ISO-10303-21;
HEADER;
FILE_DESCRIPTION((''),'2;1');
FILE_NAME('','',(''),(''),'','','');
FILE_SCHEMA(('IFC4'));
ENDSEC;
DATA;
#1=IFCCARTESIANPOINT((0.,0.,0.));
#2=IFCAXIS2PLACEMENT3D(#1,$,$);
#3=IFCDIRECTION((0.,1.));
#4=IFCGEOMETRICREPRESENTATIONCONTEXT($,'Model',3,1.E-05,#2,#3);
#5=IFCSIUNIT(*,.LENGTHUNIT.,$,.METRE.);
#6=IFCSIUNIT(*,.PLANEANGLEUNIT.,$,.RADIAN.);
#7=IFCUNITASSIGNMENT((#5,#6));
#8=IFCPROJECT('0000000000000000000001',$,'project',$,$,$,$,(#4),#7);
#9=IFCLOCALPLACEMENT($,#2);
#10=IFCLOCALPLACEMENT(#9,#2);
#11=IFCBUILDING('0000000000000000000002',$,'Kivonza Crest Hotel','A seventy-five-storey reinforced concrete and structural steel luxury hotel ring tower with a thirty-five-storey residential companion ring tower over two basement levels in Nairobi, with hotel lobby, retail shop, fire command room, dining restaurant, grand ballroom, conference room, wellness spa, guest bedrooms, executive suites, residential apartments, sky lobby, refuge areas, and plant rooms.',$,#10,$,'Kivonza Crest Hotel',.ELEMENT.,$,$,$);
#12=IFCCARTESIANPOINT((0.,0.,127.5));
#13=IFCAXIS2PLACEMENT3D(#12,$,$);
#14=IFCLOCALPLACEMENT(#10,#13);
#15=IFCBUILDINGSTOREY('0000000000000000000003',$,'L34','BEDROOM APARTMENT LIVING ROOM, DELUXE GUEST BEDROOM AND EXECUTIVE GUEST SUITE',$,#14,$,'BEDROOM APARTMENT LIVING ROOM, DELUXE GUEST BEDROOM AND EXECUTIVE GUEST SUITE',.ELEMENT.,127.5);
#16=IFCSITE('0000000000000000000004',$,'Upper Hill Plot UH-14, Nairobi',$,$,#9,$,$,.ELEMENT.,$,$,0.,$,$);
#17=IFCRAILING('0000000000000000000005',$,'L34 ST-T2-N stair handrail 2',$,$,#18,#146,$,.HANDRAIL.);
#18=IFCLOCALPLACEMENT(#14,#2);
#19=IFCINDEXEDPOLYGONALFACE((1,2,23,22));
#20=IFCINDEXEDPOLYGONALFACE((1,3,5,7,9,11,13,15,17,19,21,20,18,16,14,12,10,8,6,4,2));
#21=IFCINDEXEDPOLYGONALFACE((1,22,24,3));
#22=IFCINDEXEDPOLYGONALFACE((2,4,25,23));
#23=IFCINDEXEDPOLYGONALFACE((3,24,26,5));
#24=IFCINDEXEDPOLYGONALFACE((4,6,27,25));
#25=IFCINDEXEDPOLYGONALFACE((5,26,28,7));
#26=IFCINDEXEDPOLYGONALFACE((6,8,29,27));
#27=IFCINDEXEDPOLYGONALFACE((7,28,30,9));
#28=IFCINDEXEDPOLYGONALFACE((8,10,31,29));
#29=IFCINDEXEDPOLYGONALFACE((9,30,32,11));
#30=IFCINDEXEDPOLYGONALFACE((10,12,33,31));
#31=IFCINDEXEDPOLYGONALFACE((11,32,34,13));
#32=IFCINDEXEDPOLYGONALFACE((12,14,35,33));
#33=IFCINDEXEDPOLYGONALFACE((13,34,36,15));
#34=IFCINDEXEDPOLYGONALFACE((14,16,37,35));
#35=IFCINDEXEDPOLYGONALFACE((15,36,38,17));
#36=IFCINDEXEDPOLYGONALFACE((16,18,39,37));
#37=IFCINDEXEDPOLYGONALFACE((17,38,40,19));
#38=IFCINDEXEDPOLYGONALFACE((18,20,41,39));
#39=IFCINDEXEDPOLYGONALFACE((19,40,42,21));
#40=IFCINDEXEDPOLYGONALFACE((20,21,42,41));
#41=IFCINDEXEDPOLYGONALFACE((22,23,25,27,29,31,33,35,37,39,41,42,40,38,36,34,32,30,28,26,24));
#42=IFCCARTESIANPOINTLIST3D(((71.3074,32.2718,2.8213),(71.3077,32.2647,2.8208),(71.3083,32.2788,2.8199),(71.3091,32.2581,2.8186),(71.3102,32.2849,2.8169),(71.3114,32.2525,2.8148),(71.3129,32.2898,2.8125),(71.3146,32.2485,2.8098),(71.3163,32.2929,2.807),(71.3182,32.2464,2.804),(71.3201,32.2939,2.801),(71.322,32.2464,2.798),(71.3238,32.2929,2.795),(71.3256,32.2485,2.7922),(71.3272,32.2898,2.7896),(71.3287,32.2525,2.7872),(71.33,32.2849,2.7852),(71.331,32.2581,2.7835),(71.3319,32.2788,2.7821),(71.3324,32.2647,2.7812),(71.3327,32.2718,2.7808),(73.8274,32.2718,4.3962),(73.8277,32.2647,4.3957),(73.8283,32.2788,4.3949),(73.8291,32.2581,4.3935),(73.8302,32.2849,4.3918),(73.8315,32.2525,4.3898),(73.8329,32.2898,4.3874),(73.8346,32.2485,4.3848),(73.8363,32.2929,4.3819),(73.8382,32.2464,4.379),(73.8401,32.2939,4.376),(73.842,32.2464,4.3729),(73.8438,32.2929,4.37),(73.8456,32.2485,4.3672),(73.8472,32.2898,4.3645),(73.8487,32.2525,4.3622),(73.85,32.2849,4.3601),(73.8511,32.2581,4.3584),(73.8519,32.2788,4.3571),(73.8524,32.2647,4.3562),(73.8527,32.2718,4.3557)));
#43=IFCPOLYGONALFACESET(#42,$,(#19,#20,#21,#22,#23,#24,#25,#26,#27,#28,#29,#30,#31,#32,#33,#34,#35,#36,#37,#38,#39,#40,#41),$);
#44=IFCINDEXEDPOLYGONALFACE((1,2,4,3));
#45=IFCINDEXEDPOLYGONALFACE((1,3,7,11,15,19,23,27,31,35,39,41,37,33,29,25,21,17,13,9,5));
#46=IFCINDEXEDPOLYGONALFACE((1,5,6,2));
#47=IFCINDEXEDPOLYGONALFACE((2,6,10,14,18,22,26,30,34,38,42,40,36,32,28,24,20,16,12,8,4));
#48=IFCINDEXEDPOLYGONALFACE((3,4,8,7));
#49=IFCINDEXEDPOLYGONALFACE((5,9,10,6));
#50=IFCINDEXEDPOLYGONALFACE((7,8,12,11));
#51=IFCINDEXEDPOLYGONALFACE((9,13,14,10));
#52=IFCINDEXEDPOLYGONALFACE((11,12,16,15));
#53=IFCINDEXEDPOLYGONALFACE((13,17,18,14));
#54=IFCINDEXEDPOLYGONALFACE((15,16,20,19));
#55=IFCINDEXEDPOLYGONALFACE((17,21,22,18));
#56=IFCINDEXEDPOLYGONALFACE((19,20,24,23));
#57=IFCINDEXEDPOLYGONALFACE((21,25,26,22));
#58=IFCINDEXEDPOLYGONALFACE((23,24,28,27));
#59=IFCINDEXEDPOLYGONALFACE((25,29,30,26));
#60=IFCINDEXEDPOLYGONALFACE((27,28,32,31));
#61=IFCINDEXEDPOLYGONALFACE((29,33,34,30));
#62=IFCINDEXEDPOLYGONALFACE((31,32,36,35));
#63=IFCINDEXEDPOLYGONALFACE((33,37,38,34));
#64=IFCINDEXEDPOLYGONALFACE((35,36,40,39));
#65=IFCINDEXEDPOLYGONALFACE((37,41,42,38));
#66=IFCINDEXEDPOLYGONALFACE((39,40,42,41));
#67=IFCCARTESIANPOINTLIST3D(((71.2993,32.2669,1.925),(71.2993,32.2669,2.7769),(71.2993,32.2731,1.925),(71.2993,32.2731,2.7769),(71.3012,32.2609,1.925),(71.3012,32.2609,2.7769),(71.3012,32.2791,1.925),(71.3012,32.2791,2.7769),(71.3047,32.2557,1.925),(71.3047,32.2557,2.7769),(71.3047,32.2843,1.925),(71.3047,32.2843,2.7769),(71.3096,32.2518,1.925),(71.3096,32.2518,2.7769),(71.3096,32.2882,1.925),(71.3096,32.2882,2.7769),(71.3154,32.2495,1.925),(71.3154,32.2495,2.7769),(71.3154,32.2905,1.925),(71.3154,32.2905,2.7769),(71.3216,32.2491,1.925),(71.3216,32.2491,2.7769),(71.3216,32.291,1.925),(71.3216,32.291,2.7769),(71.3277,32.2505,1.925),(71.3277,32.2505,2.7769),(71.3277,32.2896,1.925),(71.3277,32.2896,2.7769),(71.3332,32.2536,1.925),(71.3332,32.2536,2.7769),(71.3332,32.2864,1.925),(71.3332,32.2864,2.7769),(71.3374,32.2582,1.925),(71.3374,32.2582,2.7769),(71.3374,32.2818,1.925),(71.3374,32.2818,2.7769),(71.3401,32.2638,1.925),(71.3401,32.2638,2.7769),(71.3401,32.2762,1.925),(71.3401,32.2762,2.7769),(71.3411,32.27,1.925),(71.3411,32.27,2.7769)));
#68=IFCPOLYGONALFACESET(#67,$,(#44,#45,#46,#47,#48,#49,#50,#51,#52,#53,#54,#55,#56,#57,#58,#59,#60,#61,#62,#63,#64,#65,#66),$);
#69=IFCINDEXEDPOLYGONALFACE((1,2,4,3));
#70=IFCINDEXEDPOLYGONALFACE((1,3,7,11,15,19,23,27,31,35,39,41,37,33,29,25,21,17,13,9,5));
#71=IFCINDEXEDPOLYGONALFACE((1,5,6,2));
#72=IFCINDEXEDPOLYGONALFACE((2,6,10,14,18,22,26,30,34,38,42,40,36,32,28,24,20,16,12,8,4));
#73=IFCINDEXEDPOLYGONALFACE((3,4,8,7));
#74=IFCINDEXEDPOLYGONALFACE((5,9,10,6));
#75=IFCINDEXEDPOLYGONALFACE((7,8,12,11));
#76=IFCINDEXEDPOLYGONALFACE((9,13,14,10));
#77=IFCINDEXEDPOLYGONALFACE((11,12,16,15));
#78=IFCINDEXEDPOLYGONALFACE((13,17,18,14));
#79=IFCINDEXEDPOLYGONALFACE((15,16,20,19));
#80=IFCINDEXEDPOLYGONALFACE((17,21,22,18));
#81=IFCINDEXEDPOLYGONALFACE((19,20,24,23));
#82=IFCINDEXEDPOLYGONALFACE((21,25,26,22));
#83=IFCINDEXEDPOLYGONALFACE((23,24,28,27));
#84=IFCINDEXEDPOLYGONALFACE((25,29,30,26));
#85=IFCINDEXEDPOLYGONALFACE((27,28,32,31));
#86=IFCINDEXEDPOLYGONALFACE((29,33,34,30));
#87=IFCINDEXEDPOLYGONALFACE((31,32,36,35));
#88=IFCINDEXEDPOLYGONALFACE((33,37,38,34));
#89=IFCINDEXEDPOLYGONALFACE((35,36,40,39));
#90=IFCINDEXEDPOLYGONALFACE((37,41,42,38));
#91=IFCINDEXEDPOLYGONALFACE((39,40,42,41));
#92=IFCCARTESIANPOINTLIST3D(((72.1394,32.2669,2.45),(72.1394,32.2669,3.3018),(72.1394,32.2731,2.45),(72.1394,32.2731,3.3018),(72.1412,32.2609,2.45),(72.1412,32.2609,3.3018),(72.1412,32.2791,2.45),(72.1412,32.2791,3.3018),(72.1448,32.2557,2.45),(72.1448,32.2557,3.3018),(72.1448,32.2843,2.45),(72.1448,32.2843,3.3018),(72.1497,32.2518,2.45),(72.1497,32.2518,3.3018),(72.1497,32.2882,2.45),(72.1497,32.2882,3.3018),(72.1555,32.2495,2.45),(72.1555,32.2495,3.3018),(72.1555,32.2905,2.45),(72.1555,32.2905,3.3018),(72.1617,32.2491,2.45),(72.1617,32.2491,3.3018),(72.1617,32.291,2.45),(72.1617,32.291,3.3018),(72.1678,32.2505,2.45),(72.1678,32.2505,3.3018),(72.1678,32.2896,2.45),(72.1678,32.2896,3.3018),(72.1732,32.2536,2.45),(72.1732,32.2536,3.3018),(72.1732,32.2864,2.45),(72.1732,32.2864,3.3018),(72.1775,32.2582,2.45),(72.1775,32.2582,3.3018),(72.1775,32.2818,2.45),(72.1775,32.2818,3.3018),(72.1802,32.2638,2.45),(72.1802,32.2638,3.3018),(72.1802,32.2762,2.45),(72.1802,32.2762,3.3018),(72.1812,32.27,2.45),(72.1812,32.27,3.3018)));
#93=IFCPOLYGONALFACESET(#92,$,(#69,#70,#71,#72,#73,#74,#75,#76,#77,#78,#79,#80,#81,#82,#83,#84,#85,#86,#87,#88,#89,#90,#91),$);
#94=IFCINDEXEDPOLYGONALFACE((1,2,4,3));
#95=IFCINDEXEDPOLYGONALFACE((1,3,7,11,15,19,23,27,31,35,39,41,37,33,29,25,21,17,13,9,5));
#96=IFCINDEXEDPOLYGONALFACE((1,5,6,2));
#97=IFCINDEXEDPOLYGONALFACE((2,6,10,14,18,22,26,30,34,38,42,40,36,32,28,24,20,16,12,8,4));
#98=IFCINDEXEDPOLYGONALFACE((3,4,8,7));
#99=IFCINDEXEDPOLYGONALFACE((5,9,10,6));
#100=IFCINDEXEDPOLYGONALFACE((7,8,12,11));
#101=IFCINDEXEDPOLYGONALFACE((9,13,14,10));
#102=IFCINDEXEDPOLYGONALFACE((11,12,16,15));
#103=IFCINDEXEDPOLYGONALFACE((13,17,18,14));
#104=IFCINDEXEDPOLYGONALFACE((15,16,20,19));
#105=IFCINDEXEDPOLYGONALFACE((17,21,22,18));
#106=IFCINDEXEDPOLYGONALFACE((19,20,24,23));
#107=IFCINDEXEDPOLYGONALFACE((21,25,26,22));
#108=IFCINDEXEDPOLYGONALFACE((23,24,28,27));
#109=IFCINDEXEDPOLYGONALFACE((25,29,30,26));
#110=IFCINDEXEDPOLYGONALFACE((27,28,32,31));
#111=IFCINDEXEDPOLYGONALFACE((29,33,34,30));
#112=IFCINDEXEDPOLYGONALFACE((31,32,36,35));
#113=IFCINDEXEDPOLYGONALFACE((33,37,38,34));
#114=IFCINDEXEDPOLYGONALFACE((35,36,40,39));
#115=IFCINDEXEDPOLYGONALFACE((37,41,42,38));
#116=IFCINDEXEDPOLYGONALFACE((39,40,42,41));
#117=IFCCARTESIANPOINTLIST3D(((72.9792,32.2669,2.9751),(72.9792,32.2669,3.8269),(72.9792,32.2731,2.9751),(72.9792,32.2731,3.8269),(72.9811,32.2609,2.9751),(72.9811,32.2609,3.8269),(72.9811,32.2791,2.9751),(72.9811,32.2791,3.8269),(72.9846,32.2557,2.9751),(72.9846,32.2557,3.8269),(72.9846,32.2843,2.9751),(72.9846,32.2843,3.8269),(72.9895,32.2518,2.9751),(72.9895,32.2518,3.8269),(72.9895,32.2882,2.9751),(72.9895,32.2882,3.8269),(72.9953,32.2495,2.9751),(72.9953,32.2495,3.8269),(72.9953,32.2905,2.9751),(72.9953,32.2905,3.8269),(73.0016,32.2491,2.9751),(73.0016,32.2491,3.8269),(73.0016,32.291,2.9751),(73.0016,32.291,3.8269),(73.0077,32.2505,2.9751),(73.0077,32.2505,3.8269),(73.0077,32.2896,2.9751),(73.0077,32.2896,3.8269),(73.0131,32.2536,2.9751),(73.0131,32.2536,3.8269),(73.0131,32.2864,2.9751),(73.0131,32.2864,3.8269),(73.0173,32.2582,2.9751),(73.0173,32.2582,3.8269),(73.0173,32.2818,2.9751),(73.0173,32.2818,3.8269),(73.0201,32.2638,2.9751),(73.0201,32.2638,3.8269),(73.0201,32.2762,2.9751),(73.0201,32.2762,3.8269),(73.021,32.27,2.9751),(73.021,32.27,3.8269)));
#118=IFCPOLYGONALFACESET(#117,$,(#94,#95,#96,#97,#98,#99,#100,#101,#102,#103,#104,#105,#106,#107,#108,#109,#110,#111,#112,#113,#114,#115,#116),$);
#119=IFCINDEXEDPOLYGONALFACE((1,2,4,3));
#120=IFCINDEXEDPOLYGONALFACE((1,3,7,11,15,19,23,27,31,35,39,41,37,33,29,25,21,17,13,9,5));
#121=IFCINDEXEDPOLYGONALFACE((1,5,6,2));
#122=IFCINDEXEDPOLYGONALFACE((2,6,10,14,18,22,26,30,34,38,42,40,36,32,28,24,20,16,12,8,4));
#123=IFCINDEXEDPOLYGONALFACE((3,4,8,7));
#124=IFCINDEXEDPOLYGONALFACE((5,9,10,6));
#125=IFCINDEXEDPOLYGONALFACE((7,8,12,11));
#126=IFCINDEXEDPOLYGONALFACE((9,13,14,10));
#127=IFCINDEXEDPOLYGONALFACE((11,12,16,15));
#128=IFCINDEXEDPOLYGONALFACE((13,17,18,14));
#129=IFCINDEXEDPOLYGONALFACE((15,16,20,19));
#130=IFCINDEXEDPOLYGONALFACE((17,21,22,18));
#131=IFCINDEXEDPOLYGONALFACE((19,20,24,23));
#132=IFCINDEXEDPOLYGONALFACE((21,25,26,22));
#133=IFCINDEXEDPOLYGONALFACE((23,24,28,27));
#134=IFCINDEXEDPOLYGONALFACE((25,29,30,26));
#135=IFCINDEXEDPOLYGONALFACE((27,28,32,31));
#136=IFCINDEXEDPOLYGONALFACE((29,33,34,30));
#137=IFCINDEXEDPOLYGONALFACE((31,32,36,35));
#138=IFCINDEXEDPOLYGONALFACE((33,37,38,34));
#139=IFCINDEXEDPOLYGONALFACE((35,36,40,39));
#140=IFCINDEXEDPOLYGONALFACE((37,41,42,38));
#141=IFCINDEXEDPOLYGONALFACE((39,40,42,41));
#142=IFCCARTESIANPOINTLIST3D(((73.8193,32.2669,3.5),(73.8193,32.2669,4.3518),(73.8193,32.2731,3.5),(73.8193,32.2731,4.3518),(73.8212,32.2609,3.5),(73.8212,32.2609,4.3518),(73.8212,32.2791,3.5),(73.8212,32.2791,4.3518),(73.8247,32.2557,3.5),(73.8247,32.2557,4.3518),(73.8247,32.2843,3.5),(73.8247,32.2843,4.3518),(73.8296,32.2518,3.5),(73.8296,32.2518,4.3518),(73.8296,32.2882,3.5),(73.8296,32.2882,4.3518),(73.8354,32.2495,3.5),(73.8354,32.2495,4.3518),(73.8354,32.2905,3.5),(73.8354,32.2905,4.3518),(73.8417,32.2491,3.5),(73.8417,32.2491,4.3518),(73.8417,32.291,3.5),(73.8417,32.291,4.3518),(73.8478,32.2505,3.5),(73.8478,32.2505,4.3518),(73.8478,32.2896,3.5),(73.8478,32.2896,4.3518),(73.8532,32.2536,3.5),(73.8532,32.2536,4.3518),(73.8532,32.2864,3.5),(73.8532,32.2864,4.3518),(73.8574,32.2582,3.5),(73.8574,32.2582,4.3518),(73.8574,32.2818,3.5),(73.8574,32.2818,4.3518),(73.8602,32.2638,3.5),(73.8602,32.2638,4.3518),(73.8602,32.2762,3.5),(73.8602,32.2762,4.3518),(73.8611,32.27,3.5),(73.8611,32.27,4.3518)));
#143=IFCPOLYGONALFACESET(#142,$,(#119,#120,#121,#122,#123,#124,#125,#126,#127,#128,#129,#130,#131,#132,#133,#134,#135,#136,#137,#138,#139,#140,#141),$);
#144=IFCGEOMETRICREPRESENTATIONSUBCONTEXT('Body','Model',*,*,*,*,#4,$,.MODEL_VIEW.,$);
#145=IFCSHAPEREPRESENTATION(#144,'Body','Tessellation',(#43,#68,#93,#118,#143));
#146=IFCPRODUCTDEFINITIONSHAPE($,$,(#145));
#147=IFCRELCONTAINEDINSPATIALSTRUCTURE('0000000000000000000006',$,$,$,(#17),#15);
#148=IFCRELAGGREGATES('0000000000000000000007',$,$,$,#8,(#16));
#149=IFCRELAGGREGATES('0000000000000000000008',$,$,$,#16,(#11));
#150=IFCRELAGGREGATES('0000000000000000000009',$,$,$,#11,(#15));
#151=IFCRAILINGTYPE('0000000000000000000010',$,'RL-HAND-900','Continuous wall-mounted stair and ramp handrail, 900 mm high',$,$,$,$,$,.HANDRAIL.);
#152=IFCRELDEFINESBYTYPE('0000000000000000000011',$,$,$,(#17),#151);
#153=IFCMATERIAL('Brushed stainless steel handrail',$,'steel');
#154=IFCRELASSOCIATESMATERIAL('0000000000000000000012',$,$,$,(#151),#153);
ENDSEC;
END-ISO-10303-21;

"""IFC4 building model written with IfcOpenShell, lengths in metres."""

from ifc_helpers import new_model, si_unit, direction, frame, origin, origin_2d, place, context, subcontext, project, spatial, circle, extrude, material, type_object, element, save


model = new_model("IFC4")

# Units and contexts
model_context = context("Model", 3, precision=1e-05, world=origin(), true_north=direction((0.0, 1.0)))
body_context = subcontext(model_context, "Body", "Model", "MODEL_VIEW")
ifc_project = project(units=[si_unit("LENGTHUNIT", "METRE"), si_unit("PLANEANGLEUNIT", "RADIAN")], contexts=[model_context])

# Site, building, storey
site_placement = place(None, origin())
site = spatial("IfcSite", under=ifc_project, at=site_placement, Name="Upper Hill Plot UH-14, Nairobi", CompositionType="ELEMENT", RefElevation=0.0)
building_placement = place(site_placement, origin())
building = spatial("IfcBuilding", under=site, at=building_placement, Name="Kivonza Crest Hotel", Description="A seventy-five-storey reinforced concrete and structural steel luxury hotel ring tower with a thirty-five-storey residential companion ring tower over two basement levels in Nairobi, with hotel lobby, retail shop, fire command room, dining restaurant, grand ballroom, conference room, wellness spa, guest bedrooms, executive suites, residential apartments, sky lobby, refuge areas, and plant rooms.", LongName="Kivonza Crest Hotel", CompositionType="ELEMENT")
storey_placement = place(building_placement, frame((0.0, 0.0, 127.5)))
storey = spatial("IfcBuildingStorey", under=building, at=storey_placement, Name="L34", Description="BEDROOM APARTMENT LIVING ROOM, DELUXE GUEST BEDROOM AND EXECUTIVE GUEST SUITE", LongName="BEDROOM APARTMENT LIVING ROOM, DELUXE GUEST BEDROOM AND EXECUTIVE GUEST SUITE", CompositionType="ELEMENT", Elevation=127.5)

# Railing
ifc_material_1 = material(Name="Brushed stainless steel handrail", Category="steel")
railing_type = type_object("IfcRailingType", Name="RL-HAND-900", Description="Continuous wall-mounted stair and ramp handrail, 900 mm high", PredefinedType="HANDRAIL", material=ifc_material_1)
railing_placement = place(storey_placement, frame((71.3201, 32.27, 1.925)))
element("IfcRailing", 1, at=railing_placement, inside=storey, type_object=railing_type, Name="L34 ST-T2-N stair handrail 2", PredefinedType="HANDRAIL", context=body_context, shape_type="SweptSolid", body=[
    extrude(circle(Radius=0.0239, at=origin_2d()), frame((0.0, 0.0, 0.876), z_axis=(0.848008, 0.0, 0.529984), x_axis=(0.0, 1.0, 0.0)), (0.0, 0.0, 1.0), 2.9717),
    extrude(circle(Radius=0.021, at=origin_2d()), origin(), (0.0, 0.0, 1.0), 0.8518),
    extrude(circle(Radius=0.021, at=origin_2d()), frame((0.8401, 0.0, 0.5249)), (0.0, 0.0, 1.0), 0.8518),
    extrude(circle(Radius=0.021, at=origin_2d()), frame((1.6799, 0.0, 1.05)), (0.0, 0.0, 1.0), 0.8518),
    extrude(circle(Radius=0.021, at=origin_2d()), frame((2.52, 0.0, 1.575)), (0.0, 0.0, 1.0), 0.8518),
])

save(model, "model.ifc")
